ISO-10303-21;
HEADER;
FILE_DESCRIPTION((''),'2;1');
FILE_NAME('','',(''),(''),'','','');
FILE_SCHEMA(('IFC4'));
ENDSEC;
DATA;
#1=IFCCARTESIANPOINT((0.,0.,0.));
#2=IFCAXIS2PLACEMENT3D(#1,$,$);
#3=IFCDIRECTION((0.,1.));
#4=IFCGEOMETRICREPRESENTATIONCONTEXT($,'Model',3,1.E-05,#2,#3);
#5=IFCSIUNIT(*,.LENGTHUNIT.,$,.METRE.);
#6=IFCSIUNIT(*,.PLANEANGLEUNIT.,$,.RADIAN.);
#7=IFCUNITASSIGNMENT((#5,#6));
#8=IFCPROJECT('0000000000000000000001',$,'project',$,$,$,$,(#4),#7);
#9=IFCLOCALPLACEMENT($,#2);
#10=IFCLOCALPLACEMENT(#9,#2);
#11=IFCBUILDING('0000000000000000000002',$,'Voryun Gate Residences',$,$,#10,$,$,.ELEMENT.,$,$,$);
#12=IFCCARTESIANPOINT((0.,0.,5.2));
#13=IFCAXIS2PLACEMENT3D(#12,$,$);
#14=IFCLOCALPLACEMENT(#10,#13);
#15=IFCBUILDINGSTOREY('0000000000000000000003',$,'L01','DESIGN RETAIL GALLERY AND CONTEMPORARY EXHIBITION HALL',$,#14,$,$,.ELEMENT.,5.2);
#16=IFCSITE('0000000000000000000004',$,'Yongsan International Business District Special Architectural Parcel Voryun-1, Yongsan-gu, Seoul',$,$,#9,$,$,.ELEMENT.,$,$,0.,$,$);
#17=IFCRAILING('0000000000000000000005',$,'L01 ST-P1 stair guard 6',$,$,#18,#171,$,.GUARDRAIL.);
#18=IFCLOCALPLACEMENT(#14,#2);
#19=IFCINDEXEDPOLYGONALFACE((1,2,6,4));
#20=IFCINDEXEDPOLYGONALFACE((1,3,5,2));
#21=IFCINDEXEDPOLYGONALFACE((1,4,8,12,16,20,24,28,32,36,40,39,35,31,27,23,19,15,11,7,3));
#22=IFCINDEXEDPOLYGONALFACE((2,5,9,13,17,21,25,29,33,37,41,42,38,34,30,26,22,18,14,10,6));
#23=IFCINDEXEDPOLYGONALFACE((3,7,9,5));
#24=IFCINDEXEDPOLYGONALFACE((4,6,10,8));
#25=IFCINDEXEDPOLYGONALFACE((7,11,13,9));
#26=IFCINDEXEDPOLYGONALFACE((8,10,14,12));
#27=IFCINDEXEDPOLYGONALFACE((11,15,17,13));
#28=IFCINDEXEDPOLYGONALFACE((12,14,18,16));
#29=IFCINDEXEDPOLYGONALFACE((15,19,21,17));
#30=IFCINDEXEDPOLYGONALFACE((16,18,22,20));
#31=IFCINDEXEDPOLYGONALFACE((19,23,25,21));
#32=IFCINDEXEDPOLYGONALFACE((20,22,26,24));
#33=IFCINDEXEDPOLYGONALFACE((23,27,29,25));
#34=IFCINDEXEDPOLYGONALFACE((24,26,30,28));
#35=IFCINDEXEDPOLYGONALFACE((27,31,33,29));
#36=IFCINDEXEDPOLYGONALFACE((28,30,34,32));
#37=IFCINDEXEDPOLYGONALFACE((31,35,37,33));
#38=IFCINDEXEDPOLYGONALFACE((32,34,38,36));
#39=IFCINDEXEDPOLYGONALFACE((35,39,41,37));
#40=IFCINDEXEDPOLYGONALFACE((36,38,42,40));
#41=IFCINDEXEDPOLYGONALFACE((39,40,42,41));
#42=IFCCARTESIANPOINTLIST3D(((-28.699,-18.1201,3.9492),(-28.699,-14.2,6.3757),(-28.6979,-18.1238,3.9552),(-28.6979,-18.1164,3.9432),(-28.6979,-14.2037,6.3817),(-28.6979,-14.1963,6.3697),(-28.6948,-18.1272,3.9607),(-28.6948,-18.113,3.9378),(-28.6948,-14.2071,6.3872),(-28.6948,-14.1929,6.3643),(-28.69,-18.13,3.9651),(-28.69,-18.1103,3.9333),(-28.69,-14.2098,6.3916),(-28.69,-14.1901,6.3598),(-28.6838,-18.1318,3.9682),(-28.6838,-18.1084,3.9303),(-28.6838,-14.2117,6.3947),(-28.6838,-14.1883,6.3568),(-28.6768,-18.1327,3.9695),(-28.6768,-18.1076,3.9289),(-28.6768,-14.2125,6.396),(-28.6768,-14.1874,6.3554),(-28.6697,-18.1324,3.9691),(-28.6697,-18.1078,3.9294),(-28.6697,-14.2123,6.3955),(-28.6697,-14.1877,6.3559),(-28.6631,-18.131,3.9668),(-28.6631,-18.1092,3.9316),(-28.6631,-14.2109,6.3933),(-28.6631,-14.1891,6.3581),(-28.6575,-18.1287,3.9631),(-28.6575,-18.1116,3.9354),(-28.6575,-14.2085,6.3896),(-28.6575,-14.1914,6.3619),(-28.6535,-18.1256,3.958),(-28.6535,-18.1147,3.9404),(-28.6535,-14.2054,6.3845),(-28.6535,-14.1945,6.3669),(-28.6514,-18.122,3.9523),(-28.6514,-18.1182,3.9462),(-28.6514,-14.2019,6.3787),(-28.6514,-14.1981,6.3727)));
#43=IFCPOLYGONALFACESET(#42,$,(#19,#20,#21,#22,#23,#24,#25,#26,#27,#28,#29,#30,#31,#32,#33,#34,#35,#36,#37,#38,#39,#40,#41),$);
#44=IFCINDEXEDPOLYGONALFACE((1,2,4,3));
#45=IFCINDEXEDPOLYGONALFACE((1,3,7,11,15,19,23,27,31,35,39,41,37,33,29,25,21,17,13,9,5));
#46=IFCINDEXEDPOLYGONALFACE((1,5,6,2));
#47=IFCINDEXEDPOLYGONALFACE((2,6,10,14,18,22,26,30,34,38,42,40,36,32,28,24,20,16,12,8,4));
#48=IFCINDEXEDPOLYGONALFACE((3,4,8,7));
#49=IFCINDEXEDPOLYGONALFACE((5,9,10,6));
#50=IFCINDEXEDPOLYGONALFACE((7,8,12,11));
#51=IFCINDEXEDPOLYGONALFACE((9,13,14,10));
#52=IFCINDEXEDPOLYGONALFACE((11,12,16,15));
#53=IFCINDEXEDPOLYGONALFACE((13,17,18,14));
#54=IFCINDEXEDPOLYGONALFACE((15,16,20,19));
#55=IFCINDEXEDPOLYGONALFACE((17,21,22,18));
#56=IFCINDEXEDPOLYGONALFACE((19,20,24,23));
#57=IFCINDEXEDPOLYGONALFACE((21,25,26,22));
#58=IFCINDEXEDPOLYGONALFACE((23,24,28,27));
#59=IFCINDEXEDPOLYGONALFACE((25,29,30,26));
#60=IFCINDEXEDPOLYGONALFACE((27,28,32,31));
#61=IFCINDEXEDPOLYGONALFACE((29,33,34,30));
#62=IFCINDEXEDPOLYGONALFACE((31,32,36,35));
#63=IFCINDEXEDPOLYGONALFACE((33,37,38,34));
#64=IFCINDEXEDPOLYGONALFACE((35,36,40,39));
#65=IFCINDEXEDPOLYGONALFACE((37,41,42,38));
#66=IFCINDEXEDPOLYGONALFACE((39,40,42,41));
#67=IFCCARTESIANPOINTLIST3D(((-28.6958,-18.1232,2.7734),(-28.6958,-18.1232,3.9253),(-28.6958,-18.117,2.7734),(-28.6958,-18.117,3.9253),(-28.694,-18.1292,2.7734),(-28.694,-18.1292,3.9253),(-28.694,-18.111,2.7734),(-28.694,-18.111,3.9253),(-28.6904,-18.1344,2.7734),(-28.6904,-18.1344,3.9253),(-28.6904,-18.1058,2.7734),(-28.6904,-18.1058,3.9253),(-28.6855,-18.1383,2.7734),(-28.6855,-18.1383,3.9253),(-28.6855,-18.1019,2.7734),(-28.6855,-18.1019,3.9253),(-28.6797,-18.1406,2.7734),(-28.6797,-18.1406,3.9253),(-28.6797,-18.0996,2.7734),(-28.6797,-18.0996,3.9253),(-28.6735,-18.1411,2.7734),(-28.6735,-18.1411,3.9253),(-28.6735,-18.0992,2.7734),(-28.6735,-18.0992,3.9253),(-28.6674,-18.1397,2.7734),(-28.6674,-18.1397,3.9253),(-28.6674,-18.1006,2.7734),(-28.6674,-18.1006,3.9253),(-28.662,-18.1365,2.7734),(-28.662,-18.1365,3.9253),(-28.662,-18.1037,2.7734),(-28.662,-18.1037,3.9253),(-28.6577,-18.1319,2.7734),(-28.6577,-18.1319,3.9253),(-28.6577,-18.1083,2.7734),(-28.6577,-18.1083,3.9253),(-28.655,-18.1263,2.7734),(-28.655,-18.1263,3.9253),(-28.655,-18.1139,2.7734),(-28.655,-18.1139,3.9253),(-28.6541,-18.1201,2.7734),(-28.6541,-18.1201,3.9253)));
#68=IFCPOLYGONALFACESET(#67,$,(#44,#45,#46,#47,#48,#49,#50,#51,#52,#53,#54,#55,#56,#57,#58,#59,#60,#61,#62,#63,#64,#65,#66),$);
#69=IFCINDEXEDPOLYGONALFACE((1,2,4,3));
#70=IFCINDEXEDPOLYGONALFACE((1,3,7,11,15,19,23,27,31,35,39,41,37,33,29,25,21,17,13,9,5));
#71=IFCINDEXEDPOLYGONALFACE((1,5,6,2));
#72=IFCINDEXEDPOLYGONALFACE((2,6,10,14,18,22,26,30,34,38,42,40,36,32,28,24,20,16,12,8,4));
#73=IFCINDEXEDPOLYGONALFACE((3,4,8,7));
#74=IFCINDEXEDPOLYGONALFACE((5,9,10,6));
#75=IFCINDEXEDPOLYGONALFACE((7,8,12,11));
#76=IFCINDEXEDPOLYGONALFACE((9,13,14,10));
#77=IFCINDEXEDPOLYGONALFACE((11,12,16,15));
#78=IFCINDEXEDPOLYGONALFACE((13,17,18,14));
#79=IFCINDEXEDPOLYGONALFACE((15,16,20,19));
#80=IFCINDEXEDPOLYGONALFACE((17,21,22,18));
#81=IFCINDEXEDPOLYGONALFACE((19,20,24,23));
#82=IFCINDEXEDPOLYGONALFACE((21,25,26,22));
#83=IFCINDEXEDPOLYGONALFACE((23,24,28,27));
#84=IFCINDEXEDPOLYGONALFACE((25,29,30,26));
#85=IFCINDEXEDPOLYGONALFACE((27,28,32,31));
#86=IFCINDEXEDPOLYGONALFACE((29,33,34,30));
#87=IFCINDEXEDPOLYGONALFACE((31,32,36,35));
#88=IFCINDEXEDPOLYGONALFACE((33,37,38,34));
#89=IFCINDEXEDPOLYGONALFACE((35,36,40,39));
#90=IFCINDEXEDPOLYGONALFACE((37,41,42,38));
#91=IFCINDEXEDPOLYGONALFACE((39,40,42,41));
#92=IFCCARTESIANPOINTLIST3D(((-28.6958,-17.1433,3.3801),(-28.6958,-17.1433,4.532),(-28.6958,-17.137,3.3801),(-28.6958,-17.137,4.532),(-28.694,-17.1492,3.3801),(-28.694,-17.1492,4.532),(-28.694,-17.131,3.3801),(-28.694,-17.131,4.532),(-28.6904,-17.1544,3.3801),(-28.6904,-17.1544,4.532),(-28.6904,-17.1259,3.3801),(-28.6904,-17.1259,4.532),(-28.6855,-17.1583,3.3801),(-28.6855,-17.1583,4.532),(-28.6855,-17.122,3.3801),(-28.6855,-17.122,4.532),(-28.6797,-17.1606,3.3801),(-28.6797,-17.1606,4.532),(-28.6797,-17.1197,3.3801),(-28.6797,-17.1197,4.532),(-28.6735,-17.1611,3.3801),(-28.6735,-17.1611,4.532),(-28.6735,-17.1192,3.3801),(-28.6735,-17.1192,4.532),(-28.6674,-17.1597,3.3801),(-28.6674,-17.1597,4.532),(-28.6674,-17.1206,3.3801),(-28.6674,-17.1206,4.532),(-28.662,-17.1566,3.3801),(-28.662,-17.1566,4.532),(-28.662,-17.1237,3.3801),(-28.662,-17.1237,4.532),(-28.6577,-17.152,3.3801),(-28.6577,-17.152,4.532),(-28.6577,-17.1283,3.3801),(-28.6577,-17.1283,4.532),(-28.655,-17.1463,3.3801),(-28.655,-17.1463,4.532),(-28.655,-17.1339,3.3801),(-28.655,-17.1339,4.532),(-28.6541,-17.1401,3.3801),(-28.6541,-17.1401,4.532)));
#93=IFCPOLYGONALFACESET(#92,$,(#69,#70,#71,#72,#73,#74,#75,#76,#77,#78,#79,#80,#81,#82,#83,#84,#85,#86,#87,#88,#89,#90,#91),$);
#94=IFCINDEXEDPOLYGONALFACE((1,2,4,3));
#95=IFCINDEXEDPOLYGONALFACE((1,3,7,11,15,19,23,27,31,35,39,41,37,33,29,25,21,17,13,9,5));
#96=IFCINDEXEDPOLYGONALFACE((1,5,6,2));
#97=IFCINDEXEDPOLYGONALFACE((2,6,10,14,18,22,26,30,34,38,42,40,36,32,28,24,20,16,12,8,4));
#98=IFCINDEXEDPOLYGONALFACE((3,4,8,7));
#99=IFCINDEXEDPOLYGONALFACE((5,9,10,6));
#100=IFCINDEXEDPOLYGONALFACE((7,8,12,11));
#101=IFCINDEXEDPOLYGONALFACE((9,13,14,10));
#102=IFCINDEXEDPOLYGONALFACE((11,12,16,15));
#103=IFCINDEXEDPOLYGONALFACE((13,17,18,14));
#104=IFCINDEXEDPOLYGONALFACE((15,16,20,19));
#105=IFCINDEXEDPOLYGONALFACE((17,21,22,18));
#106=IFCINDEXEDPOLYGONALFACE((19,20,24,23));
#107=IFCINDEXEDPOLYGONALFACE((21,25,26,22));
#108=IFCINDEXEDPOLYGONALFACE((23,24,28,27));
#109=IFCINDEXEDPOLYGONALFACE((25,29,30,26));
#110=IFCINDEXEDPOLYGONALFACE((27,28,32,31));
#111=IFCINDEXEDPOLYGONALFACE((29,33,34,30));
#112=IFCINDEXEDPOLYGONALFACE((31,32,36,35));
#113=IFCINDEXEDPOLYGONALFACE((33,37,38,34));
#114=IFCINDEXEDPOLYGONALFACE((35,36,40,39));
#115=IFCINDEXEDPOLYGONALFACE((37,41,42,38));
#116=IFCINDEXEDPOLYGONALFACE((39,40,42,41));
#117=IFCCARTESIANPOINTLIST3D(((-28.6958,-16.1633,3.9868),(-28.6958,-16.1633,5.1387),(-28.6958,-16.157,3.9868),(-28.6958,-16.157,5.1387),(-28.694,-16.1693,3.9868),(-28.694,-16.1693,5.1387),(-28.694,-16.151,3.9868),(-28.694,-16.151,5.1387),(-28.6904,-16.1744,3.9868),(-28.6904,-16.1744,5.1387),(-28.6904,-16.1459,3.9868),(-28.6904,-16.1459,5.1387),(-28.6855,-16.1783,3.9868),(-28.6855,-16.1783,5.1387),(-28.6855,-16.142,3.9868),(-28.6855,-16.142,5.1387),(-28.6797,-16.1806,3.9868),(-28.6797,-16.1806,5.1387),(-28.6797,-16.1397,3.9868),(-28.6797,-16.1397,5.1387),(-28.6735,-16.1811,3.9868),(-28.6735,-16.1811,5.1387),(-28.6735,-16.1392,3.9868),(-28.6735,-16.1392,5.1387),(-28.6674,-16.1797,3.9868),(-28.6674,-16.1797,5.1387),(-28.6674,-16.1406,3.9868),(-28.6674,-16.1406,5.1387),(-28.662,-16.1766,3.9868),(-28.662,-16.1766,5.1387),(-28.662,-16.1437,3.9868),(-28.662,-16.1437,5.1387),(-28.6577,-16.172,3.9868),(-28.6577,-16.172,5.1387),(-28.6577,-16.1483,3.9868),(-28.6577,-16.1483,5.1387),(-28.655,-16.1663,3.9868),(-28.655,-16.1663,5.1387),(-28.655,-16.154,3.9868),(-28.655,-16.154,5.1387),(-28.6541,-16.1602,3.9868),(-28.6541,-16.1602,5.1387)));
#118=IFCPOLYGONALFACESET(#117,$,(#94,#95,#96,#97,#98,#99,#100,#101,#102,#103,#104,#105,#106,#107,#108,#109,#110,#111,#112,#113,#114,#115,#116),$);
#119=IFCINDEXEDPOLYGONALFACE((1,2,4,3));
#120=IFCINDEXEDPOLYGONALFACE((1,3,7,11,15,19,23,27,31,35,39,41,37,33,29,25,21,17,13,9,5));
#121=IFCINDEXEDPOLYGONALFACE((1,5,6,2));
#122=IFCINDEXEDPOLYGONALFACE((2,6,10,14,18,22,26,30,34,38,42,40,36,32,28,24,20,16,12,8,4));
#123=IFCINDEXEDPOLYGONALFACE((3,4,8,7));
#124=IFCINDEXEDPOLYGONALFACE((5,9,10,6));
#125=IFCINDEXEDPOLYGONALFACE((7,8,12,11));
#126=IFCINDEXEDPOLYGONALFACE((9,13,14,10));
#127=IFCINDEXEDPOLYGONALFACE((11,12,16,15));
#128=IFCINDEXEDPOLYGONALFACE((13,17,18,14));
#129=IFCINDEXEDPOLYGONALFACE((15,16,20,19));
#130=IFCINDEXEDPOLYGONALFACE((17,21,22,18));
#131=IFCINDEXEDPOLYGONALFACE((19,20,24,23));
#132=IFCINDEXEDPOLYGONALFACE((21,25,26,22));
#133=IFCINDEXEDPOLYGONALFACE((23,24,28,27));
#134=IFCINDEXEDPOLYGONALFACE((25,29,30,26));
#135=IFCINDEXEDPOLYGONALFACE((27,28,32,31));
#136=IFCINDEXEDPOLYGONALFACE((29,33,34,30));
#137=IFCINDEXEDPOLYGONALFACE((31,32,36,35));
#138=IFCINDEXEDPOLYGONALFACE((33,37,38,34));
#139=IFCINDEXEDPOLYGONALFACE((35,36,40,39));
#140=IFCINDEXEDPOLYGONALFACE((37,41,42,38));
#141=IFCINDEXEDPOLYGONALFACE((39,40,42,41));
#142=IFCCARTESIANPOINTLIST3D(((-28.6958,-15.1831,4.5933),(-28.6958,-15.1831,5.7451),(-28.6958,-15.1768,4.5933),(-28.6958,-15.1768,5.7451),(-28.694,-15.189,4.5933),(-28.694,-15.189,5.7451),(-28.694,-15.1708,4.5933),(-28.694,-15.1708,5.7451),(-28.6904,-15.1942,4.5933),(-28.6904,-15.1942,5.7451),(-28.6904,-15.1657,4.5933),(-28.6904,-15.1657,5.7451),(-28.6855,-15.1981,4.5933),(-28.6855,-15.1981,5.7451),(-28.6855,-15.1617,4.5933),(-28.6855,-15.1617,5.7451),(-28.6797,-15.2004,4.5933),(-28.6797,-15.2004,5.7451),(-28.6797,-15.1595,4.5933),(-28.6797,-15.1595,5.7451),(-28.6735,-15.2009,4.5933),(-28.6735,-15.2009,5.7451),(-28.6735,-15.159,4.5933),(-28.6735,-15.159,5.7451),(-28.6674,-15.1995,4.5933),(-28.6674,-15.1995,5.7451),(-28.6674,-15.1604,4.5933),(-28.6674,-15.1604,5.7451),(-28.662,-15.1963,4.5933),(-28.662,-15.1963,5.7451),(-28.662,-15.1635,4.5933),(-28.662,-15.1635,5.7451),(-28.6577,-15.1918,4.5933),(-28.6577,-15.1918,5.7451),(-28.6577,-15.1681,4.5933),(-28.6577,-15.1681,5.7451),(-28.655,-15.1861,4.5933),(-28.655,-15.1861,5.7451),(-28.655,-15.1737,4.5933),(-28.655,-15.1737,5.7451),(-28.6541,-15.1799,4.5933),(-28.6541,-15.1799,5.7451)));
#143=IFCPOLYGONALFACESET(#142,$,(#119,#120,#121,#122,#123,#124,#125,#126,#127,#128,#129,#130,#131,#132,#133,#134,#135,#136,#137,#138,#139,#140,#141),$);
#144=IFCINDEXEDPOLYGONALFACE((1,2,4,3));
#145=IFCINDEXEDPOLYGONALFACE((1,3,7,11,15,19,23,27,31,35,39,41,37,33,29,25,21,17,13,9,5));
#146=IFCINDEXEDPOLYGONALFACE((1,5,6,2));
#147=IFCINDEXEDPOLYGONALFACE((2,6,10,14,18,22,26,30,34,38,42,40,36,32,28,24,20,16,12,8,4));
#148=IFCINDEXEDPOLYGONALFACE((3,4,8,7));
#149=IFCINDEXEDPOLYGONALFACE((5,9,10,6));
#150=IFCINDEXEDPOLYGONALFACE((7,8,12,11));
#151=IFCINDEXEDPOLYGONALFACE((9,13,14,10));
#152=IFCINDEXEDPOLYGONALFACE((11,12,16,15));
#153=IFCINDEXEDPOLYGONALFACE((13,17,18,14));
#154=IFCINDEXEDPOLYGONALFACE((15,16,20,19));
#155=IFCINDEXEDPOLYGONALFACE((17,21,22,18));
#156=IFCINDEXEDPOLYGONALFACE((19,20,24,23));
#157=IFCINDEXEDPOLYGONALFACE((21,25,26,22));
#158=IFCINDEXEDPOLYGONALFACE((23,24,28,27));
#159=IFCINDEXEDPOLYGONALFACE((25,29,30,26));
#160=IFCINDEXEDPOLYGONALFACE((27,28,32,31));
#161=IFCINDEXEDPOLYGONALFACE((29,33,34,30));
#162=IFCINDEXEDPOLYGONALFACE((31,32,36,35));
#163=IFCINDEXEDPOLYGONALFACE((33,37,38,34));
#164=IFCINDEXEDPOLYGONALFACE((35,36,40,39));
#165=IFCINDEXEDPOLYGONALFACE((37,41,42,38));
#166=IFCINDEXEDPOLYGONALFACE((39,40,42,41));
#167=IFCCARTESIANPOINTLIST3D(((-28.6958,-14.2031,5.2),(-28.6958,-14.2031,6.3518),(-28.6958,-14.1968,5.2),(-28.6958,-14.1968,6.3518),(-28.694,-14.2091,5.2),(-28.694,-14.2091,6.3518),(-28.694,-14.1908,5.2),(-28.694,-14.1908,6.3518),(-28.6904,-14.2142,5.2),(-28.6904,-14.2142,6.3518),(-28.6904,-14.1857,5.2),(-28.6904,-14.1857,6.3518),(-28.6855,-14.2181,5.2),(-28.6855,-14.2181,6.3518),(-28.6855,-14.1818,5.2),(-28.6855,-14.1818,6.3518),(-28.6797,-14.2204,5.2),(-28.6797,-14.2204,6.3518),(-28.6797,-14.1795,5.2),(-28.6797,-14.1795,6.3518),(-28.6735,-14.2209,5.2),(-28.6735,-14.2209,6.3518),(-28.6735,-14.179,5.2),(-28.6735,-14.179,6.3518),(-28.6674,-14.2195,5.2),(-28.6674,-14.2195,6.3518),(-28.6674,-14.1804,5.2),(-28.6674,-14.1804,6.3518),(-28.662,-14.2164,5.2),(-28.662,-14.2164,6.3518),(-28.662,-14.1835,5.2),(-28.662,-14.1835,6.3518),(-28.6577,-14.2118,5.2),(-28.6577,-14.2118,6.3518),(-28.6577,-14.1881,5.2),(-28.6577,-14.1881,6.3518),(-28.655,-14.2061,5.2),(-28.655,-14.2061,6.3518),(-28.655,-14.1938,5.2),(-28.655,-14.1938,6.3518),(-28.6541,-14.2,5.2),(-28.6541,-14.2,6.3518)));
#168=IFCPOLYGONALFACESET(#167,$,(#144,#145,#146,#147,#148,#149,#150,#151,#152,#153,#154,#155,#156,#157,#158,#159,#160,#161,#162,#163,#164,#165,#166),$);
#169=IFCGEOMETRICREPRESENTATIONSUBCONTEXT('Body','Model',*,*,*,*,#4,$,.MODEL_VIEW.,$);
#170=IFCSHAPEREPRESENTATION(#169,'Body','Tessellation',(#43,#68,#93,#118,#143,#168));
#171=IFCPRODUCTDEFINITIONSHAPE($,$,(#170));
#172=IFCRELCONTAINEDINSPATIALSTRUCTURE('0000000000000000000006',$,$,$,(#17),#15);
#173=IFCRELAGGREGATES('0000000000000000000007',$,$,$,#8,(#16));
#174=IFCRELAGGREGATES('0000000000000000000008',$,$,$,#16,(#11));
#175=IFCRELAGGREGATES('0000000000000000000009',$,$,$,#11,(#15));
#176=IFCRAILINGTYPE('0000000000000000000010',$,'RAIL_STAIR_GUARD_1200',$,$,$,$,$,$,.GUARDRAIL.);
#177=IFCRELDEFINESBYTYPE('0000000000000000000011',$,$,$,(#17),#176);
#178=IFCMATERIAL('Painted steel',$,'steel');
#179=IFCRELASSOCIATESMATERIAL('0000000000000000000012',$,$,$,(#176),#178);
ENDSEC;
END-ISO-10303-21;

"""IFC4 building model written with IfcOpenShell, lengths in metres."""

from ifc_helpers import new_model, si_unit, direction, frame, origin, origin_2d, place, context, subcontext, project, spatial, circle, extrude, material, type_object, element, save


model = new_model("IFC4")

# Units and contexts
model_context = context("Model", 3, precision=1e-05, world=origin(), true_north=direction((0.0, 1.0)))
body_context = subcontext(model_context, "Body", "Model", "MODEL_VIEW")
ifc_project = project(units=[si_unit("LENGTHUNIT", "METRE"), si_unit("PLANEANGLEUNIT", "RADIAN")], contexts=[model_context])

# Site, building, storey
site_placement = place(None, origin())
site = spatial("IfcSite", under=ifc_project, at=site_placement, Name="Yongsan International Business District Special Architectural Parcel Voryun-1, Yongsan-gu, Seoul", CompositionType="ELEMENT", RefElevation=0.0)
building_placement = place(site_placement, origin())
building = spatial("IfcBuilding", under=site, at=building_placement, Name="Voryun Gate Residences", CompositionType="ELEMENT")
storey_placement = place(building_placement, frame((0.0, 0.0, 5.2)))
storey = spatial("IfcBuildingStorey", under=building, at=storey_placement, Name="L01", Description="DESIGN RETAIL GALLERY AND CONTEMPORARY EXHIBITION HALL", CompositionType="ELEMENT", Elevation=5.2)

# Railing
ifc_material_1 = material(Name="Painted steel", Category="steel")
railing_type_1 = type_object("IfcRailingType", Name="RAIL_STAIR_GUARD_1200", PredefinedType="GUARDRAIL", material=ifc_material_1)
railing_1_placement = place(storey_placement, frame((-28.675, -18.1201, 2.7734)))
element("IfcRailing", 1, at=railing_1_placement, inside=storey, type_object=railing_type_1, Name="L01 ST-P1 stair guard 6", PredefinedType="GUARDRAIL", context=body_context, shape_type="SweptSolid", body=[
    extrude(circle(Radius=0.0239, at=origin_2d()), frame((0.0, 0.0, 1.1758), z_axis=(0.0, 0.85029, 0.526315), x_axis=(-1.0, 0.0, 0.0)), (0.0, 0.0, 1.0), 4.6104),
    extrude(circle(Radius=0.021, at=origin_2d()), origin(), (0.0, 0.0, 1.0), 1.1519),
    extrude(circle(Radius=0.021, at=origin_2d()), frame((0.0, 0.98, 0.6067)), (0.0, 0.0, 1.0), 1.1519),
    extrude(circle(Radius=0.021, at=origin_2d()), frame((0.0, 1.96, 1.2134)), (0.0, 0.0, 1.0), 1.1519),
    extrude(circle(Radius=0.021, at=origin_2d()), frame((0.0, 2.9402, 1.8198)), (0.0, 0.0, 1.0), 1.1519),
    extrude(circle(Radius=0.021, at=origin_2d()), frame((0.0, 3.9202, 2.4265)), (0.0, 0.0, 1.0), 1.1519),
])

save(model, "model.ifc")
